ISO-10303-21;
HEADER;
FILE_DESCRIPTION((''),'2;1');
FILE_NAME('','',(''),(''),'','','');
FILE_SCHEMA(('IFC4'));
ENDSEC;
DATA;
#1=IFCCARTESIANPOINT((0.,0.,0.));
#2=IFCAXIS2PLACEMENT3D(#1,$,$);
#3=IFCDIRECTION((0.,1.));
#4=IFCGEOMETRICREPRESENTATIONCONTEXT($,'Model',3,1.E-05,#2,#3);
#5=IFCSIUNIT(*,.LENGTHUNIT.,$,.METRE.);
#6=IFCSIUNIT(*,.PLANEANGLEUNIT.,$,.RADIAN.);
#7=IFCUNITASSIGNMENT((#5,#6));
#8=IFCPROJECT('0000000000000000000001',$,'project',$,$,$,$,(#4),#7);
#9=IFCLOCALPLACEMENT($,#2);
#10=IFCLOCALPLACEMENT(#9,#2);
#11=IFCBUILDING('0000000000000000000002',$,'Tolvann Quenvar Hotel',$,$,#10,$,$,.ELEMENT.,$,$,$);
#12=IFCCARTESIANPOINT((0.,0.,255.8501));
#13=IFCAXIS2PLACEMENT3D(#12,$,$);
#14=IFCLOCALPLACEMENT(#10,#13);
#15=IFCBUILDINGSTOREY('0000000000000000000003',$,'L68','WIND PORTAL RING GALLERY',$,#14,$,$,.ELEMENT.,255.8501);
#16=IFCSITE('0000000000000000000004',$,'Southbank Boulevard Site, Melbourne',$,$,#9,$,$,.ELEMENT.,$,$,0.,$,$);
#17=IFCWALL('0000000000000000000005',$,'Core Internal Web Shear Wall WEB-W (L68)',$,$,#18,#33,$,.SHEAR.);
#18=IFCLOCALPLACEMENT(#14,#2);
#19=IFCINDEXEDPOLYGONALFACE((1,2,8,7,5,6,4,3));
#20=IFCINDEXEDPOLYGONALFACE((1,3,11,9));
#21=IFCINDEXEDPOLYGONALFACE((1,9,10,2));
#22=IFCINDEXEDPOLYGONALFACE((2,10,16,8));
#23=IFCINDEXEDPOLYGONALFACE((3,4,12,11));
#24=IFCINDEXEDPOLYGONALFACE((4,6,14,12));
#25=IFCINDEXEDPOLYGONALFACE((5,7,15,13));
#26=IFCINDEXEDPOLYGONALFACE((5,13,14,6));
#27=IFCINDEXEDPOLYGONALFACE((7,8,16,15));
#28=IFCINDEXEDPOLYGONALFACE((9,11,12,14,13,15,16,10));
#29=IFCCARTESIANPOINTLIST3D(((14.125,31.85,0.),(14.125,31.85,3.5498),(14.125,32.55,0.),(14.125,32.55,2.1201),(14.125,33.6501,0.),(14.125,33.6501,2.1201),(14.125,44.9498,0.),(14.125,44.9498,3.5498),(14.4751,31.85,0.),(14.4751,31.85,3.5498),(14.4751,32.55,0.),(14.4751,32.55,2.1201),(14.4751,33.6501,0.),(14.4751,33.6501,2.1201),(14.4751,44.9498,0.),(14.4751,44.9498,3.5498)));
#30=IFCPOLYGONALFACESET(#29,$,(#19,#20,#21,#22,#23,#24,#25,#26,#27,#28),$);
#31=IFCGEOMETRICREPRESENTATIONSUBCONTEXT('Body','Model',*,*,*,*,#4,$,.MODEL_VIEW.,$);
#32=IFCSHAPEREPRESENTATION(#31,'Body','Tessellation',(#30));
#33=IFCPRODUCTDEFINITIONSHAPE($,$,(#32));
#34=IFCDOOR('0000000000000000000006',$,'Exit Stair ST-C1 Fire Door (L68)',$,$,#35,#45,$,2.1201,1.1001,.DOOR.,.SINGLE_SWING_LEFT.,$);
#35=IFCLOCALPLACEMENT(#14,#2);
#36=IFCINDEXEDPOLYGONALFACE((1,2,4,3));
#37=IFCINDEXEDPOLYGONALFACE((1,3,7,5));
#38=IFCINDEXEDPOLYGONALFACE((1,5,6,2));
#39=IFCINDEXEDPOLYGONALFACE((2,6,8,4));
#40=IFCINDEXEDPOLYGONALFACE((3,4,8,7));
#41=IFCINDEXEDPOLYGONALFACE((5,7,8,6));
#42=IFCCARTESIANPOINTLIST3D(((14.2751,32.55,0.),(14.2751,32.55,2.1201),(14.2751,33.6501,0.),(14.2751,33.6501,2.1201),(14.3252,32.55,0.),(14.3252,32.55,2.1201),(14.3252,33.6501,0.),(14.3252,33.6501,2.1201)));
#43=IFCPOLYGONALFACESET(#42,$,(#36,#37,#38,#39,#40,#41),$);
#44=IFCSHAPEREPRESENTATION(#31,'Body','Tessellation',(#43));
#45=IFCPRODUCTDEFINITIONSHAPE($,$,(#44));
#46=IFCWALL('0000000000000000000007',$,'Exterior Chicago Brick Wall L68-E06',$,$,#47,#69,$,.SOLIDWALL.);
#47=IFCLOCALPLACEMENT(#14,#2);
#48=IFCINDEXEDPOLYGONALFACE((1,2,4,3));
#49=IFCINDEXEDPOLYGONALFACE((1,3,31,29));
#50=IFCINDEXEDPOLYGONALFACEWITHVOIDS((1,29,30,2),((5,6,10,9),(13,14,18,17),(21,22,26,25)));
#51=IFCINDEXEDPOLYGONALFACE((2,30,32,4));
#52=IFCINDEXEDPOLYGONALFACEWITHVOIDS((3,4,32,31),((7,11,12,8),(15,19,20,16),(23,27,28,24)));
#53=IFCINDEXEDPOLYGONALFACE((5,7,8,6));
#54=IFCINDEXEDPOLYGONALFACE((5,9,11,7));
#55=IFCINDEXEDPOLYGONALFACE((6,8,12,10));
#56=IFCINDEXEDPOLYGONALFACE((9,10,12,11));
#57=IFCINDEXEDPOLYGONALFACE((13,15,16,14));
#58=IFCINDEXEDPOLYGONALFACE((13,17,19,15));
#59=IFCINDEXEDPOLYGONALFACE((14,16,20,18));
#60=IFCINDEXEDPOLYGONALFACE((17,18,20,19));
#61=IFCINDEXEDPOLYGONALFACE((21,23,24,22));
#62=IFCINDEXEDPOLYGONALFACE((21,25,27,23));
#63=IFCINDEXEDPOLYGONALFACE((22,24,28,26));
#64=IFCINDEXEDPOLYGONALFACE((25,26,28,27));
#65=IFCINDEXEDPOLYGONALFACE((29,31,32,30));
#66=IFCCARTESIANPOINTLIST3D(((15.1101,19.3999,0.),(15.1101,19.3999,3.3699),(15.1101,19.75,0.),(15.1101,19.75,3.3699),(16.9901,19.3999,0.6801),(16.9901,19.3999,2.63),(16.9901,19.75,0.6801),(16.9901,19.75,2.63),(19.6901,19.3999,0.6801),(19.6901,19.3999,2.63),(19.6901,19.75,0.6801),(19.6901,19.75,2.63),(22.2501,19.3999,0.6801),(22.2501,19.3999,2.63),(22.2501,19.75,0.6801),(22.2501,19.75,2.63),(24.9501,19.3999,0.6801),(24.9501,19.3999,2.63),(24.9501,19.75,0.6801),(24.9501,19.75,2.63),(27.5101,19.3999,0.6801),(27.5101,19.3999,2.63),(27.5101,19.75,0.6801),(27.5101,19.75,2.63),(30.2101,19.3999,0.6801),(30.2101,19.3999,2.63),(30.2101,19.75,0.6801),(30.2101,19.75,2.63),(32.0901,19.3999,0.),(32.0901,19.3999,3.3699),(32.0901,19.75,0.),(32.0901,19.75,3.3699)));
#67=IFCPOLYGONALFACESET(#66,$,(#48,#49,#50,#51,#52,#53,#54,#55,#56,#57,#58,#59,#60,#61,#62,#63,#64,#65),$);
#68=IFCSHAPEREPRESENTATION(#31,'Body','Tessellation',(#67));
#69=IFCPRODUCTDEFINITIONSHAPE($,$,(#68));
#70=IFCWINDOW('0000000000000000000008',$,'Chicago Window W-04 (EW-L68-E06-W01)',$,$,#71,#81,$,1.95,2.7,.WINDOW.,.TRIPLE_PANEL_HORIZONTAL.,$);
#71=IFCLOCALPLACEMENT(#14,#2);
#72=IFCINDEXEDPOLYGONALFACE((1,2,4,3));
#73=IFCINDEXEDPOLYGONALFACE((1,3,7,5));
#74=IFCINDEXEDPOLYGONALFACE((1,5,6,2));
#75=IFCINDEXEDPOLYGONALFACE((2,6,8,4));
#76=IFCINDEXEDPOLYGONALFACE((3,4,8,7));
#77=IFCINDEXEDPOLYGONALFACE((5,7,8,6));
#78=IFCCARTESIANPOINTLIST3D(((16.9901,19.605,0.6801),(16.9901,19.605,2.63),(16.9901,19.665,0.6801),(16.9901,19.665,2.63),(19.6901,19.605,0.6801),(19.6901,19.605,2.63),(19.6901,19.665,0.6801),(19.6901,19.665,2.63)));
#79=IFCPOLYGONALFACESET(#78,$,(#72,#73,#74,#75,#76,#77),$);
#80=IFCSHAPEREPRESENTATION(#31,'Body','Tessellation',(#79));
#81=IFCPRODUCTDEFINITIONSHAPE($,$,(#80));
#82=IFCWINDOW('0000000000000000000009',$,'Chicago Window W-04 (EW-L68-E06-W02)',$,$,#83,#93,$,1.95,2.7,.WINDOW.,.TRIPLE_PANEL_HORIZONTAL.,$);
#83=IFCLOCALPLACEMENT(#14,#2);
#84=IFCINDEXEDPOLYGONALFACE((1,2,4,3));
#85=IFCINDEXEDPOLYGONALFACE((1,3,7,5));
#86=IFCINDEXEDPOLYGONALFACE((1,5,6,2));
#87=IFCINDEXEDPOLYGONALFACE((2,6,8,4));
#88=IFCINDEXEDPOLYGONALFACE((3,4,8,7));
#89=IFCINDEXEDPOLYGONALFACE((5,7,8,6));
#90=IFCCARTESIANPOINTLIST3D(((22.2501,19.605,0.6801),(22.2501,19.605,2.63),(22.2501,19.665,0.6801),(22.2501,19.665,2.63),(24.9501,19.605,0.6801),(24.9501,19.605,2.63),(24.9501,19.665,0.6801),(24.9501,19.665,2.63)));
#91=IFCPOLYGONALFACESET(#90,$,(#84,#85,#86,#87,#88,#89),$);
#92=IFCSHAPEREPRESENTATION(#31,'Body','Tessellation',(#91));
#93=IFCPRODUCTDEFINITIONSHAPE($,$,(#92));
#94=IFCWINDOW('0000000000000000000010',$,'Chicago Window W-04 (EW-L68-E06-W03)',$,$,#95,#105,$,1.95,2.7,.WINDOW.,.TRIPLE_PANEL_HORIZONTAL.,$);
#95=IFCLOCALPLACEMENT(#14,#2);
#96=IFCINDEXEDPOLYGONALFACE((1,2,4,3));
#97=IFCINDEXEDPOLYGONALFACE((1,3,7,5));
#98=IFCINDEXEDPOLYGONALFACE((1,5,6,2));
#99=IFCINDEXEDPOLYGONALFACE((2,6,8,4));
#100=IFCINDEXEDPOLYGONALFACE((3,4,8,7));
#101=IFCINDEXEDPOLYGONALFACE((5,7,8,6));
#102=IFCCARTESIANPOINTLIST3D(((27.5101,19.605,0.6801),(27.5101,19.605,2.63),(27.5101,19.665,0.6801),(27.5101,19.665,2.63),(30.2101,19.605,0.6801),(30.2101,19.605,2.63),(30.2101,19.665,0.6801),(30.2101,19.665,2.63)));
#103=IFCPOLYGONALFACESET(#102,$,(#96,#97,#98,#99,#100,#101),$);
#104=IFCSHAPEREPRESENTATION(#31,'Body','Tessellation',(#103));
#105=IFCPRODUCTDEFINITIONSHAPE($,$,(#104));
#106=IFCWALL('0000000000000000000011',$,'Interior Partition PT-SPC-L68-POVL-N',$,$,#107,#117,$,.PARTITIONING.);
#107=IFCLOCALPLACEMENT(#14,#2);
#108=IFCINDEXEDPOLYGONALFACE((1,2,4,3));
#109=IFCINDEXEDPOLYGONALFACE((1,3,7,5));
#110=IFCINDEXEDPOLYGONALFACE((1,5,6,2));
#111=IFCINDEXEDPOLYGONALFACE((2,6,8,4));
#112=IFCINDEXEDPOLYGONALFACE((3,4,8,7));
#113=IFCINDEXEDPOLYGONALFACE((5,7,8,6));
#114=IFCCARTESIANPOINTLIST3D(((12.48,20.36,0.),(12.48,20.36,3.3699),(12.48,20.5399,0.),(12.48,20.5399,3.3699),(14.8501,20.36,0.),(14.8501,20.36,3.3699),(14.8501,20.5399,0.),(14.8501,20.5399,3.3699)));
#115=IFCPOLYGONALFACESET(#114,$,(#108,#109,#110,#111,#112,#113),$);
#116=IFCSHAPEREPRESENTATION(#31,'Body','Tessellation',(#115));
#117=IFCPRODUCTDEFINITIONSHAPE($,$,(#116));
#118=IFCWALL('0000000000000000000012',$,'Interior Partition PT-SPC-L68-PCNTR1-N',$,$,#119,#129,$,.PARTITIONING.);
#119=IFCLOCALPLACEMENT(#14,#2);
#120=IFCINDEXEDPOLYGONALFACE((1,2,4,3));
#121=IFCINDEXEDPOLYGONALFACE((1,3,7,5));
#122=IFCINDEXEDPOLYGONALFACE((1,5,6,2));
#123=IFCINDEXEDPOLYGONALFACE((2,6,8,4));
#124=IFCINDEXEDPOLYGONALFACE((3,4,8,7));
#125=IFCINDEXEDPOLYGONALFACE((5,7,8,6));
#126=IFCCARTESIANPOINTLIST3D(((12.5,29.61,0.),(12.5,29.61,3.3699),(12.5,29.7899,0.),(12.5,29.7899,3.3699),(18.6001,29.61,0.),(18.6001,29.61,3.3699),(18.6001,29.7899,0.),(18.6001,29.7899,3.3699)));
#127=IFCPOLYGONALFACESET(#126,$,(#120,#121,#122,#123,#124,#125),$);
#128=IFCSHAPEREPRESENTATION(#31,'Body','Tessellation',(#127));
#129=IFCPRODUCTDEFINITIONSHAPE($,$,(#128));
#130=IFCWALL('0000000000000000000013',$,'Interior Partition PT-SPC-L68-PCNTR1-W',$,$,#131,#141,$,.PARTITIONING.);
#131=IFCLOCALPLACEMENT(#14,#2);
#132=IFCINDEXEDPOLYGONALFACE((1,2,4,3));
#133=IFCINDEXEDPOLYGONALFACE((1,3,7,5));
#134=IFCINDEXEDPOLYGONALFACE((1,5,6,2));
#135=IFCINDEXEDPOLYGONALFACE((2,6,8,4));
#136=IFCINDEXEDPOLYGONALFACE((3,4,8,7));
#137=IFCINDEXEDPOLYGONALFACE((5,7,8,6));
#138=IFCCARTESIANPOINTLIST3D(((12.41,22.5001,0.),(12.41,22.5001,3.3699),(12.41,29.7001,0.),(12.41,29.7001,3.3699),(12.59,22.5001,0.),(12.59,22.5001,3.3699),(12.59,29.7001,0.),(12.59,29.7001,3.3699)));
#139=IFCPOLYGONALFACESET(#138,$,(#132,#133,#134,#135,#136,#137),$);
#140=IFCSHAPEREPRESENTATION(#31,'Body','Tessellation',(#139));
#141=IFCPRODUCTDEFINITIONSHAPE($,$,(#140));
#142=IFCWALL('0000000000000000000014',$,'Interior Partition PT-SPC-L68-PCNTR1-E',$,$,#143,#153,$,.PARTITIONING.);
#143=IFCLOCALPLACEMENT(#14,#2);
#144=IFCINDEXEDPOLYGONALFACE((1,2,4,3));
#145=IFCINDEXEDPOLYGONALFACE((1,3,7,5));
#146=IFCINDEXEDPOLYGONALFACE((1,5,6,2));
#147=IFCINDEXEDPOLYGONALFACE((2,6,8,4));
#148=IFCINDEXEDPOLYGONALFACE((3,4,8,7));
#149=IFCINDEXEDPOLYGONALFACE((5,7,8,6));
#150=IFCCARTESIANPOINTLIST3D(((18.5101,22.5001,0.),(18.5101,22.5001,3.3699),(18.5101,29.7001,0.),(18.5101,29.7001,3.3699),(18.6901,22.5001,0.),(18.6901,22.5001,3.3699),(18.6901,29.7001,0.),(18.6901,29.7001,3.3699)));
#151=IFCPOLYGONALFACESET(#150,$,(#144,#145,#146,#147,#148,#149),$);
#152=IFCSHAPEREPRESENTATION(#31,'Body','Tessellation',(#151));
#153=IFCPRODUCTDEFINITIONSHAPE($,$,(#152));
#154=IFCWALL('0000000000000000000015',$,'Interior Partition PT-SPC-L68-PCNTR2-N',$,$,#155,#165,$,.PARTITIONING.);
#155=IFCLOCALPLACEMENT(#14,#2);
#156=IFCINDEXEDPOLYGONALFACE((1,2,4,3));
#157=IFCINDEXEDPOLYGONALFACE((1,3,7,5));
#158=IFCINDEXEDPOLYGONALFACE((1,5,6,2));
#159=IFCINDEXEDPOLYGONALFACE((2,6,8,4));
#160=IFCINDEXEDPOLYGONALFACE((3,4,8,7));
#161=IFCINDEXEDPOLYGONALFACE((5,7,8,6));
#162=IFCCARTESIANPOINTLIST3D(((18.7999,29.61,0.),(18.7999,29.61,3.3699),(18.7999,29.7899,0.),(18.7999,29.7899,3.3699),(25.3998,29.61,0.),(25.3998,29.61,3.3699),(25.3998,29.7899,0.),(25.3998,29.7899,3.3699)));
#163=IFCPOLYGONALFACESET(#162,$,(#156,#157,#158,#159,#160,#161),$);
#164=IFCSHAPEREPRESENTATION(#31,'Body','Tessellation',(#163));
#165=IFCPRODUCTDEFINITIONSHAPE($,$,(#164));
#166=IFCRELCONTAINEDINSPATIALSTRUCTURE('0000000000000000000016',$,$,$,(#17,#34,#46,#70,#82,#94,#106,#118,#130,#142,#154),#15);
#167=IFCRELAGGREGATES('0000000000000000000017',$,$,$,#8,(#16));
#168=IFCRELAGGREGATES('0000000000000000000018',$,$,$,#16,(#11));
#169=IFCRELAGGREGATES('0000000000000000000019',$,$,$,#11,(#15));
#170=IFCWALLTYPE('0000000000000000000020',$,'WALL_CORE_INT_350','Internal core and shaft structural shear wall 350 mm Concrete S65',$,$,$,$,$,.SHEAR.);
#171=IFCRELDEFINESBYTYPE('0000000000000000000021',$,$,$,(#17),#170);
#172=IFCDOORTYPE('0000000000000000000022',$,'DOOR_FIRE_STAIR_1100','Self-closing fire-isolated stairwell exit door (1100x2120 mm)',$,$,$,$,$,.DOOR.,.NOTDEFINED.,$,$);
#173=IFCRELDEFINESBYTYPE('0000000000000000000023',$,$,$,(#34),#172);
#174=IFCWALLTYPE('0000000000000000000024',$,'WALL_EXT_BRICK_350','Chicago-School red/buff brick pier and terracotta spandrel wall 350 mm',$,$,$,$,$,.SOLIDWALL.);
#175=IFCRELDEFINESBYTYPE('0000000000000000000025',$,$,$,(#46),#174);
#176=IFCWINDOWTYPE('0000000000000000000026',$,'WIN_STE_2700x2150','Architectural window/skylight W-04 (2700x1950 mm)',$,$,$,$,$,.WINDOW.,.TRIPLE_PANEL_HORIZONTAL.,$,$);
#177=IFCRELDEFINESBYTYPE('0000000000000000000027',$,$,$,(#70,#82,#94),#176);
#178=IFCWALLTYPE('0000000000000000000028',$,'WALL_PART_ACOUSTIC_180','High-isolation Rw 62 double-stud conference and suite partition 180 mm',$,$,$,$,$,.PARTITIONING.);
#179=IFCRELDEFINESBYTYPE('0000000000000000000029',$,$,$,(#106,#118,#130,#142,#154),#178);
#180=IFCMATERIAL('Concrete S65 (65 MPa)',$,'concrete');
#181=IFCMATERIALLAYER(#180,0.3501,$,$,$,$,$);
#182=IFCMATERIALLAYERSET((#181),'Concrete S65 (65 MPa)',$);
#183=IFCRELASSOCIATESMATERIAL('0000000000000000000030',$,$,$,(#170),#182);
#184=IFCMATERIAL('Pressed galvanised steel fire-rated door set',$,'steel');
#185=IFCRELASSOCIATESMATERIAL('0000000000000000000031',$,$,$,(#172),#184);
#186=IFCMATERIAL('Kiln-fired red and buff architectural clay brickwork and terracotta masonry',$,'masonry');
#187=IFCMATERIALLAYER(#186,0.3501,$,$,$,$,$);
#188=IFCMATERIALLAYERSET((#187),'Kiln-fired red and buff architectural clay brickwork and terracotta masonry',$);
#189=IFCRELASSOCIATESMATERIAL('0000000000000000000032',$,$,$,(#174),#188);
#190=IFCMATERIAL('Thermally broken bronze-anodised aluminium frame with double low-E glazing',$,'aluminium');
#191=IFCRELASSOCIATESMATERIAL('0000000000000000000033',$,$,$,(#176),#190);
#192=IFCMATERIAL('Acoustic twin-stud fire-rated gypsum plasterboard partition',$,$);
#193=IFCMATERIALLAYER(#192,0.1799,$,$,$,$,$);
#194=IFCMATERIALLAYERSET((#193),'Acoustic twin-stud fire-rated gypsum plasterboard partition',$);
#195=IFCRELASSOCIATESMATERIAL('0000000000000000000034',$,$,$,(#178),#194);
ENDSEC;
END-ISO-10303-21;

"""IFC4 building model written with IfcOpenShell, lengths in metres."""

from ifc_helpers import new_model, si_unit, direction, frame, frame_2d, origin, place, context, subcontext, project, spatial, rectangle, extrude, source, transform, mapped, material, layer, layer_set, type_object, type_shapes, element, fill, save


model = new_model("IFC4")

# Units and contexts
model_context = context("Model", 3, precision=1e-05, world=origin(), true_north=direction((0.0, 1.0)))
body_context = subcontext(model_context, "Body", "Model", "MODEL_VIEW")
ifc_project = project(units=[si_unit("LENGTHUNIT", "METRE"), si_unit("PLANEANGLEUNIT", "RADIAN")], contexts=[model_context])

# Site, building, storey
site_placement = place(None, origin())
site = spatial("IfcSite", under=ifc_project, at=site_placement, Name="Southbank Boulevard Site, Melbourne", CompositionType="ELEMENT", RefElevation=0.0)
building_placement = place(site_placement, origin())
building = spatial("IfcBuilding", under=site, at=building_placement, Name="Tolvann Quenvar Hotel", CompositionType="ELEMENT")
storey_placement = place(building_placement, frame((0.0, 0.0, 255.8501)))
storey = spatial("IfcBuildingStorey", under=building, at=storey_placement, Name="L68", Description="WIND PORTAL RING GALLERY", CompositionType="ELEMENT", Elevation=255.8501)

# Wall, opening, door
ifc_material_1 = material(Name="Concrete S65 (65 MPa)", Category="concrete")
ifc_layer_1 = layer(ifc_material_1, 0.3501)
ifc_layer_set_1 = layer_set([ifc_layer_1], Name="Concrete S65 (65 MPa)")
wall_type_1 = type_object("IfcWallType", Name="WALL_CORE_INT_350", Description="Internal core and shaft structural shear wall 350 mm Concrete S65", PredefinedType="SHEAR", material=ifc_layer_set_1)
wall_1_placement = place(storey_placement, frame((14.3, 31.8501, 0.0), z_axis=(0.0, 0.0, 1.0), x_axis=(0.0, 1.0, 0.0)))
wall_1 = element("IfcWall", 1, at=wall_1_placement, inside=storey, type_object=wall_type_1, Name="Core Internal Web Shear Wall WEB-W (L68)", PredefinedType="SHEAR", context=body_context, shape_type="SweptSolid", body=[
    extrude(rectangle(XDim=13.0999, YDim=0.3501, at=frame_2d((6.5498, 0.0))), origin(), (0.0, 0.0, 1.0), 3.5498),
])
opening_1_placement = place(wall_1_placement, frame((0.7, 0.0, 0.0)))
opening_1 = element("IfcOpeningElement", 2, at=opening_1_placement, cuts=wall_1, PredefinedType="OPENING", context=body_context, shape_type="SweptSolid", body=[
    extrude(rectangle(XDim=1.1001, YDim=2.1201, at=frame_2d((0.55, 1.0601))), frame((0.0, 0.1851, 0.0), z_axis=(0.0, -1.0, 0.0), x_axis=(1.0, 0.0, 0.0)), (0.0, 0.0, 1.0), 0.3701),
])
ifc_material_2 = material(Name="Pressed galvanised steel fire-rated door set", Category="steel")
door_type_1 = type_object("IfcDoorType", Name="DOOR_FIRE_STAIR_1100", Description="Self-closing fire-isolated stairwell exit door (1100x2120 mm)", OperationType="NOTDEFINED", PredefinedType="DOOR", material=ifc_material_2)
shared_shape_1 = source(origin(), body_context, "Body", "SweptSolid", [
    extrude(rectangle(XDim=1.1001, YDim=2.1201, at=frame_2d((0.55, 1.0601))), frame((0.0, 0.0249, 0.0), z_axis=(0.0, -1.0, 0.0), x_axis=(1.0, 0.0, 0.0)), (0.0, 0.0, 1.0), 0.05),
])
type_shapes(door_type_1, [shared_shape_1])
door_1_placement = place(opening_1_placement, origin())
door_1 = element("IfcDoor", 3, at=door_1_placement, inside=storey, type_object=door_type_1, Name="Exit Stair ST-C1 Fire Door (L68)", OperationType="SINGLE_SWING_LEFT", OverallHeight=2.1201, OverallWidth=1.1001, PredefinedType="DOOR", context=body_context, shape_type="MappedRepresentation", body=[
    mapped(shared_shape_1, transform((0.0, 0.0, 0.0), x_axis=(1.0, 0.0, 0.0), y_axis=(0.0, 1.0, 0.0), z_axis=(0.0, 0.0, 1.0), scale=1.0)),
])
fill(opening_1, door_1)

# Wall, openings, windows
ifc_material_3 = material(Name="Kiln-fired red and buff architectural clay brickwork and terracotta masonry", Category="masonry")
ifc_layer_2 = layer(ifc_material_3, 0.3501)
ifc_layer_set_2 = layer_set([ifc_layer_2], Name="Kiln-fired red and buff architectural clay brickwork and terracotta masonry")
wall_type_2 = type_object("IfcWallType", Name="WALL_EXT_BRICK_350", Description="Chicago-School red/buff brick pier and terracotta spandrel wall 350 mm", PredefinedType="SOLIDWALL", material=ifc_layer_set_2)
wall_2_placement = place(storey_placement, frame((15.1101, 19.575, 0.0), z_axis=(0.0, 0.0, 1.0), x_axis=(1.0, 0.0, 0.0)))
wall_2 = element("IfcWall", 4, at=wall_2_placement, inside=storey, type_object=wall_type_2, Name="Exterior Chicago Brick Wall L68-E06", PredefinedType="SOLIDWALL", context=body_context, shape_type="SweptSolid", body=[
    extrude(rectangle(XDim=16.98, YDim=0.3501, at=frame_2d((8.49, 0.0))), origin(), (0.0, 0.0, 1.0), 3.3699),
])
opening_2_placement = place(wall_2_placement, frame((1.8799, 0.0, 0.6799)))
opening_2 = element("IfcOpeningElement", 5, at=opening_2_placement, cuts=wall_2, PredefinedType="OPENING", context=body_context, shape_type="SweptSolid", body=[
    extrude(rectangle(XDim=2.7, YDim=1.95, at=frame_2d((1.3501, 0.9751))), frame((0.0, 0.1851, 0.0), z_axis=(0.0, -1.0, 0.0), x_axis=(1.0, 0.0, 0.0)), (0.0, 0.0, 1.0), 0.3701),
])
opening_3_placement = place(wall_2_placement, frame((7.1399, 0.0, 0.6799)))
opening_3 = element("IfcOpeningElement", 6, at=opening_3_placement, cuts=wall_2, PredefinedType="OPENING", context=body_context, shape_type="SweptSolid", body=[
    extrude(rectangle(XDim=2.7, YDim=1.95, at=frame_2d((1.3501, 0.9751))), frame((0.0, 0.1851, 0.0), z_axis=(0.0, -1.0, 0.0), x_axis=(1.0, 0.0, 0.0)), (0.0, 0.0, 1.0), 0.3701),
])
opening_4_placement = place(wall_2_placement, frame((12.3999, 0.0, 0.6799)))
opening_4 = element("IfcOpeningElement", 7, at=opening_4_placement, cuts=wall_2, PredefinedType="OPENING", context=body_context, shape_type="SweptSolid", body=[
    extrude(rectangle(XDim=2.7, YDim=1.95, at=frame_2d((1.3501, 0.9751))), frame((0.0, 0.1851, 0.0), z_axis=(0.0, -1.0, 0.0), x_axis=(1.0, 0.0, 0.0)), (0.0, 0.0, 1.0), 0.3701),
])
ifc_material_4 = material(Name="Thermally broken bronze-anodised aluminium frame with double low-E glazing", Category="aluminium")
window_type = type_object("IfcWindowType", Name="WIN_STE_2700x2150", Description="Architectural window/skylight W-04 (2700x1950 mm)", PartitioningType="TRIPLE_PANEL_HORIZONTAL", PredefinedType="WINDOW", material=ifc_material_4)
shared_shape_2 = source(origin(), body_context, "Body", "SweptSolid", [
    extrude(rectangle(XDim=2.7, YDim=1.95, at=frame_2d((1.3501, 0.9751))), frame((0.0, 0.0901, 0.0), z_axis=(0.0, -1.0, 0.0), x_axis=(1.0, 0.0, 0.0)), (0.0, 0.0, 1.0), 0.0601),
])
type_shapes(window_type, [shared_shape_2])
window_1_placement = place(opening_2_placement, origin())
window_1 = element("IfcWindow", 8, at=window_1_placement, inside=storey, type_object=window_type, Name="Chicago Window W-04 (EW-L68-E06-W01)", OverallHeight=1.95, OverallWidth=2.7, PartitioningType="TRIPLE_PANEL_HORIZONTAL", PredefinedType="WINDOW", context=body_context, shape_type="MappedRepresentation", body=[
    mapped(shared_shape_2, transform((0.0, 0.0, 0.0), x_axis=(1.0, 0.0, 0.0), y_axis=(0.0, 1.0, 0.0), z_axis=(0.0, 0.0, 1.0), scale=1.0)),
])
fill(opening_2, window_1)
window_2_placement = place(opening_3_placement, origin())
window_2 = element("IfcWindow", 9, at=window_2_placement, inside=storey, type_object=window_type, Name="Chicago Window W-04 (EW-L68-E06-W02)", OverallHeight=1.95, OverallWidth=2.7, PartitioningType="TRIPLE_PANEL_HORIZONTAL", PredefinedType="WINDOW", context=body_context, shape_type="MappedRepresentation", body=[
    mapped(shared_shape_2, transform((0.0, 0.0, 0.0), x_axis=(1.0, 0.0, 0.0), y_axis=(0.0, 1.0, 0.0), z_axis=(0.0, 0.0, 1.0), scale=1.0)),
])
fill(opening_3, window_2)
window_3_placement = place(opening_4_placement, origin())
window_3 = element("IfcWindow", 10, at=window_3_placement, inside=storey, type_object=window_type, Name="Chicago Window W-04 (EW-L68-E06-W03)", OverallHeight=1.95, OverallWidth=2.7, PartitioningType="TRIPLE_PANEL_HORIZONTAL", PredefinedType="WINDOW", context=body_context, shape_type="MappedRepresentation", body=[
    mapped(shared_shape_2, transform((0.0, 0.0, 0.0), x_axis=(1.0, 0.0, 0.0), y_axis=(0.0, 1.0, 0.0), z_axis=(0.0, 0.0, 1.0), scale=1.0)),
])
fill(opening_4, window_3)

# Wall
ifc_material_5 = material(Name="Acoustic twin-stud fire-rated gypsum plasterboard partition")
ifc_layer_3 = layer(ifc_material_5, 0.1799)
ifc_layer_set_3 = layer_set([ifc_layer_3], Name="Acoustic twin-stud fire-rated gypsum plasterboard partition")
wall_type_3 = type_object("IfcWallType", Name="WALL_PART_ACOUSTIC_180", Description="High-isolation Rw 62 double-stud conference and suite partition 180 mm", PredefinedType="PARTITIONING", material=ifc_layer_set_3)
wall_3_placement = place(storey_placement, frame((12.48, 20.45, 0.0), z_axis=(0.0, 0.0, 1.0), x_axis=(1.0, 0.0, 0.0)))
element("IfcWall", 11, at=wall_3_placement, inside=storey, type_object=wall_type_3, Name="Interior Partition PT-SPC-L68-POVL-N", PredefinedType="PARTITIONING", context=body_context, shape_type="SweptSolid", body=[
    extrude(rectangle(XDim=2.3701, YDim=0.1799, at=frame_2d((1.1851, 0.0))), origin(), (0.0, 0.0, 1.0), 3.3699),
])

# Walls
wall_4_placement = place(storey_placement, frame((12.5, 29.7, 0.0), z_axis=(0.0, 0.0, 1.0), x_axis=(1.0, 0.0, 0.0)))
element("IfcWall", 12, at=wall_4_placement, inside=storey, type_object=wall_type_3, Name="Interior Partition PT-SPC-L68-PCNTR1-N", PredefinedType="PARTITIONING", context=body_context, shape_type="SweptSolid", body=[
    extrude(rectangle(XDim=6.1001, YDim=0.1799, at=frame_2d((3.05, 0.0))), origin(), (0.0, 0.0, 1.0), 3.3699),
])
for number, where, z_axis, x_axis, name in (
    (13, (12.5, 22.5, 0.0), (0.0, 0.0, 1.0), (0.0, 1.0, 0.0), "Interior Partition PT-SPC-L68-PCNTR1-W"),
    (14, (18.6001, 22.5, 0.0), (0.0, 0.0, 1.0), (0.0, 1.0, 0.0), "Interior Partition PT-SPC-L68-PCNTR1-E"),
):
    element("IfcWall", number, at=place(storey_placement, frame(where, z_axis=z_axis, x_axis=x_axis)), inside=storey, type_object=wall_type_3, Name=name, PredefinedType="PARTITIONING", context=body_context, shape_type="SweptSolid", body=[
        extrude(rectangle(XDim=7.2, YDim=0.1799, at=frame_2d((3.6001, 0.0))), origin(), (0.0, 0.0, 1.0), 3.3699),
    ])

# Wall
wall_5_placement = place(storey_placement, frame((18.8, 29.7, 0.0), z_axis=(0.0, 0.0, 1.0), x_axis=(1.0, 0.0, 0.0)))
element("IfcWall", 15, at=wall_5_placement, inside=storey, type_object=wall_type_3, Name="Interior Partition PT-SPC-L68-PCNTR2-N", PredefinedType="PARTITIONING", context=body_context, shape_type="SweptSolid", body=[
    extrude(rectangle(XDim=6.5999, YDim=0.1799, at=frame_2d((3.2998, 0.0))), origin(), (0.0, 0.0, 1.0), 3.3699),
])

save(model, "model.ifc")
